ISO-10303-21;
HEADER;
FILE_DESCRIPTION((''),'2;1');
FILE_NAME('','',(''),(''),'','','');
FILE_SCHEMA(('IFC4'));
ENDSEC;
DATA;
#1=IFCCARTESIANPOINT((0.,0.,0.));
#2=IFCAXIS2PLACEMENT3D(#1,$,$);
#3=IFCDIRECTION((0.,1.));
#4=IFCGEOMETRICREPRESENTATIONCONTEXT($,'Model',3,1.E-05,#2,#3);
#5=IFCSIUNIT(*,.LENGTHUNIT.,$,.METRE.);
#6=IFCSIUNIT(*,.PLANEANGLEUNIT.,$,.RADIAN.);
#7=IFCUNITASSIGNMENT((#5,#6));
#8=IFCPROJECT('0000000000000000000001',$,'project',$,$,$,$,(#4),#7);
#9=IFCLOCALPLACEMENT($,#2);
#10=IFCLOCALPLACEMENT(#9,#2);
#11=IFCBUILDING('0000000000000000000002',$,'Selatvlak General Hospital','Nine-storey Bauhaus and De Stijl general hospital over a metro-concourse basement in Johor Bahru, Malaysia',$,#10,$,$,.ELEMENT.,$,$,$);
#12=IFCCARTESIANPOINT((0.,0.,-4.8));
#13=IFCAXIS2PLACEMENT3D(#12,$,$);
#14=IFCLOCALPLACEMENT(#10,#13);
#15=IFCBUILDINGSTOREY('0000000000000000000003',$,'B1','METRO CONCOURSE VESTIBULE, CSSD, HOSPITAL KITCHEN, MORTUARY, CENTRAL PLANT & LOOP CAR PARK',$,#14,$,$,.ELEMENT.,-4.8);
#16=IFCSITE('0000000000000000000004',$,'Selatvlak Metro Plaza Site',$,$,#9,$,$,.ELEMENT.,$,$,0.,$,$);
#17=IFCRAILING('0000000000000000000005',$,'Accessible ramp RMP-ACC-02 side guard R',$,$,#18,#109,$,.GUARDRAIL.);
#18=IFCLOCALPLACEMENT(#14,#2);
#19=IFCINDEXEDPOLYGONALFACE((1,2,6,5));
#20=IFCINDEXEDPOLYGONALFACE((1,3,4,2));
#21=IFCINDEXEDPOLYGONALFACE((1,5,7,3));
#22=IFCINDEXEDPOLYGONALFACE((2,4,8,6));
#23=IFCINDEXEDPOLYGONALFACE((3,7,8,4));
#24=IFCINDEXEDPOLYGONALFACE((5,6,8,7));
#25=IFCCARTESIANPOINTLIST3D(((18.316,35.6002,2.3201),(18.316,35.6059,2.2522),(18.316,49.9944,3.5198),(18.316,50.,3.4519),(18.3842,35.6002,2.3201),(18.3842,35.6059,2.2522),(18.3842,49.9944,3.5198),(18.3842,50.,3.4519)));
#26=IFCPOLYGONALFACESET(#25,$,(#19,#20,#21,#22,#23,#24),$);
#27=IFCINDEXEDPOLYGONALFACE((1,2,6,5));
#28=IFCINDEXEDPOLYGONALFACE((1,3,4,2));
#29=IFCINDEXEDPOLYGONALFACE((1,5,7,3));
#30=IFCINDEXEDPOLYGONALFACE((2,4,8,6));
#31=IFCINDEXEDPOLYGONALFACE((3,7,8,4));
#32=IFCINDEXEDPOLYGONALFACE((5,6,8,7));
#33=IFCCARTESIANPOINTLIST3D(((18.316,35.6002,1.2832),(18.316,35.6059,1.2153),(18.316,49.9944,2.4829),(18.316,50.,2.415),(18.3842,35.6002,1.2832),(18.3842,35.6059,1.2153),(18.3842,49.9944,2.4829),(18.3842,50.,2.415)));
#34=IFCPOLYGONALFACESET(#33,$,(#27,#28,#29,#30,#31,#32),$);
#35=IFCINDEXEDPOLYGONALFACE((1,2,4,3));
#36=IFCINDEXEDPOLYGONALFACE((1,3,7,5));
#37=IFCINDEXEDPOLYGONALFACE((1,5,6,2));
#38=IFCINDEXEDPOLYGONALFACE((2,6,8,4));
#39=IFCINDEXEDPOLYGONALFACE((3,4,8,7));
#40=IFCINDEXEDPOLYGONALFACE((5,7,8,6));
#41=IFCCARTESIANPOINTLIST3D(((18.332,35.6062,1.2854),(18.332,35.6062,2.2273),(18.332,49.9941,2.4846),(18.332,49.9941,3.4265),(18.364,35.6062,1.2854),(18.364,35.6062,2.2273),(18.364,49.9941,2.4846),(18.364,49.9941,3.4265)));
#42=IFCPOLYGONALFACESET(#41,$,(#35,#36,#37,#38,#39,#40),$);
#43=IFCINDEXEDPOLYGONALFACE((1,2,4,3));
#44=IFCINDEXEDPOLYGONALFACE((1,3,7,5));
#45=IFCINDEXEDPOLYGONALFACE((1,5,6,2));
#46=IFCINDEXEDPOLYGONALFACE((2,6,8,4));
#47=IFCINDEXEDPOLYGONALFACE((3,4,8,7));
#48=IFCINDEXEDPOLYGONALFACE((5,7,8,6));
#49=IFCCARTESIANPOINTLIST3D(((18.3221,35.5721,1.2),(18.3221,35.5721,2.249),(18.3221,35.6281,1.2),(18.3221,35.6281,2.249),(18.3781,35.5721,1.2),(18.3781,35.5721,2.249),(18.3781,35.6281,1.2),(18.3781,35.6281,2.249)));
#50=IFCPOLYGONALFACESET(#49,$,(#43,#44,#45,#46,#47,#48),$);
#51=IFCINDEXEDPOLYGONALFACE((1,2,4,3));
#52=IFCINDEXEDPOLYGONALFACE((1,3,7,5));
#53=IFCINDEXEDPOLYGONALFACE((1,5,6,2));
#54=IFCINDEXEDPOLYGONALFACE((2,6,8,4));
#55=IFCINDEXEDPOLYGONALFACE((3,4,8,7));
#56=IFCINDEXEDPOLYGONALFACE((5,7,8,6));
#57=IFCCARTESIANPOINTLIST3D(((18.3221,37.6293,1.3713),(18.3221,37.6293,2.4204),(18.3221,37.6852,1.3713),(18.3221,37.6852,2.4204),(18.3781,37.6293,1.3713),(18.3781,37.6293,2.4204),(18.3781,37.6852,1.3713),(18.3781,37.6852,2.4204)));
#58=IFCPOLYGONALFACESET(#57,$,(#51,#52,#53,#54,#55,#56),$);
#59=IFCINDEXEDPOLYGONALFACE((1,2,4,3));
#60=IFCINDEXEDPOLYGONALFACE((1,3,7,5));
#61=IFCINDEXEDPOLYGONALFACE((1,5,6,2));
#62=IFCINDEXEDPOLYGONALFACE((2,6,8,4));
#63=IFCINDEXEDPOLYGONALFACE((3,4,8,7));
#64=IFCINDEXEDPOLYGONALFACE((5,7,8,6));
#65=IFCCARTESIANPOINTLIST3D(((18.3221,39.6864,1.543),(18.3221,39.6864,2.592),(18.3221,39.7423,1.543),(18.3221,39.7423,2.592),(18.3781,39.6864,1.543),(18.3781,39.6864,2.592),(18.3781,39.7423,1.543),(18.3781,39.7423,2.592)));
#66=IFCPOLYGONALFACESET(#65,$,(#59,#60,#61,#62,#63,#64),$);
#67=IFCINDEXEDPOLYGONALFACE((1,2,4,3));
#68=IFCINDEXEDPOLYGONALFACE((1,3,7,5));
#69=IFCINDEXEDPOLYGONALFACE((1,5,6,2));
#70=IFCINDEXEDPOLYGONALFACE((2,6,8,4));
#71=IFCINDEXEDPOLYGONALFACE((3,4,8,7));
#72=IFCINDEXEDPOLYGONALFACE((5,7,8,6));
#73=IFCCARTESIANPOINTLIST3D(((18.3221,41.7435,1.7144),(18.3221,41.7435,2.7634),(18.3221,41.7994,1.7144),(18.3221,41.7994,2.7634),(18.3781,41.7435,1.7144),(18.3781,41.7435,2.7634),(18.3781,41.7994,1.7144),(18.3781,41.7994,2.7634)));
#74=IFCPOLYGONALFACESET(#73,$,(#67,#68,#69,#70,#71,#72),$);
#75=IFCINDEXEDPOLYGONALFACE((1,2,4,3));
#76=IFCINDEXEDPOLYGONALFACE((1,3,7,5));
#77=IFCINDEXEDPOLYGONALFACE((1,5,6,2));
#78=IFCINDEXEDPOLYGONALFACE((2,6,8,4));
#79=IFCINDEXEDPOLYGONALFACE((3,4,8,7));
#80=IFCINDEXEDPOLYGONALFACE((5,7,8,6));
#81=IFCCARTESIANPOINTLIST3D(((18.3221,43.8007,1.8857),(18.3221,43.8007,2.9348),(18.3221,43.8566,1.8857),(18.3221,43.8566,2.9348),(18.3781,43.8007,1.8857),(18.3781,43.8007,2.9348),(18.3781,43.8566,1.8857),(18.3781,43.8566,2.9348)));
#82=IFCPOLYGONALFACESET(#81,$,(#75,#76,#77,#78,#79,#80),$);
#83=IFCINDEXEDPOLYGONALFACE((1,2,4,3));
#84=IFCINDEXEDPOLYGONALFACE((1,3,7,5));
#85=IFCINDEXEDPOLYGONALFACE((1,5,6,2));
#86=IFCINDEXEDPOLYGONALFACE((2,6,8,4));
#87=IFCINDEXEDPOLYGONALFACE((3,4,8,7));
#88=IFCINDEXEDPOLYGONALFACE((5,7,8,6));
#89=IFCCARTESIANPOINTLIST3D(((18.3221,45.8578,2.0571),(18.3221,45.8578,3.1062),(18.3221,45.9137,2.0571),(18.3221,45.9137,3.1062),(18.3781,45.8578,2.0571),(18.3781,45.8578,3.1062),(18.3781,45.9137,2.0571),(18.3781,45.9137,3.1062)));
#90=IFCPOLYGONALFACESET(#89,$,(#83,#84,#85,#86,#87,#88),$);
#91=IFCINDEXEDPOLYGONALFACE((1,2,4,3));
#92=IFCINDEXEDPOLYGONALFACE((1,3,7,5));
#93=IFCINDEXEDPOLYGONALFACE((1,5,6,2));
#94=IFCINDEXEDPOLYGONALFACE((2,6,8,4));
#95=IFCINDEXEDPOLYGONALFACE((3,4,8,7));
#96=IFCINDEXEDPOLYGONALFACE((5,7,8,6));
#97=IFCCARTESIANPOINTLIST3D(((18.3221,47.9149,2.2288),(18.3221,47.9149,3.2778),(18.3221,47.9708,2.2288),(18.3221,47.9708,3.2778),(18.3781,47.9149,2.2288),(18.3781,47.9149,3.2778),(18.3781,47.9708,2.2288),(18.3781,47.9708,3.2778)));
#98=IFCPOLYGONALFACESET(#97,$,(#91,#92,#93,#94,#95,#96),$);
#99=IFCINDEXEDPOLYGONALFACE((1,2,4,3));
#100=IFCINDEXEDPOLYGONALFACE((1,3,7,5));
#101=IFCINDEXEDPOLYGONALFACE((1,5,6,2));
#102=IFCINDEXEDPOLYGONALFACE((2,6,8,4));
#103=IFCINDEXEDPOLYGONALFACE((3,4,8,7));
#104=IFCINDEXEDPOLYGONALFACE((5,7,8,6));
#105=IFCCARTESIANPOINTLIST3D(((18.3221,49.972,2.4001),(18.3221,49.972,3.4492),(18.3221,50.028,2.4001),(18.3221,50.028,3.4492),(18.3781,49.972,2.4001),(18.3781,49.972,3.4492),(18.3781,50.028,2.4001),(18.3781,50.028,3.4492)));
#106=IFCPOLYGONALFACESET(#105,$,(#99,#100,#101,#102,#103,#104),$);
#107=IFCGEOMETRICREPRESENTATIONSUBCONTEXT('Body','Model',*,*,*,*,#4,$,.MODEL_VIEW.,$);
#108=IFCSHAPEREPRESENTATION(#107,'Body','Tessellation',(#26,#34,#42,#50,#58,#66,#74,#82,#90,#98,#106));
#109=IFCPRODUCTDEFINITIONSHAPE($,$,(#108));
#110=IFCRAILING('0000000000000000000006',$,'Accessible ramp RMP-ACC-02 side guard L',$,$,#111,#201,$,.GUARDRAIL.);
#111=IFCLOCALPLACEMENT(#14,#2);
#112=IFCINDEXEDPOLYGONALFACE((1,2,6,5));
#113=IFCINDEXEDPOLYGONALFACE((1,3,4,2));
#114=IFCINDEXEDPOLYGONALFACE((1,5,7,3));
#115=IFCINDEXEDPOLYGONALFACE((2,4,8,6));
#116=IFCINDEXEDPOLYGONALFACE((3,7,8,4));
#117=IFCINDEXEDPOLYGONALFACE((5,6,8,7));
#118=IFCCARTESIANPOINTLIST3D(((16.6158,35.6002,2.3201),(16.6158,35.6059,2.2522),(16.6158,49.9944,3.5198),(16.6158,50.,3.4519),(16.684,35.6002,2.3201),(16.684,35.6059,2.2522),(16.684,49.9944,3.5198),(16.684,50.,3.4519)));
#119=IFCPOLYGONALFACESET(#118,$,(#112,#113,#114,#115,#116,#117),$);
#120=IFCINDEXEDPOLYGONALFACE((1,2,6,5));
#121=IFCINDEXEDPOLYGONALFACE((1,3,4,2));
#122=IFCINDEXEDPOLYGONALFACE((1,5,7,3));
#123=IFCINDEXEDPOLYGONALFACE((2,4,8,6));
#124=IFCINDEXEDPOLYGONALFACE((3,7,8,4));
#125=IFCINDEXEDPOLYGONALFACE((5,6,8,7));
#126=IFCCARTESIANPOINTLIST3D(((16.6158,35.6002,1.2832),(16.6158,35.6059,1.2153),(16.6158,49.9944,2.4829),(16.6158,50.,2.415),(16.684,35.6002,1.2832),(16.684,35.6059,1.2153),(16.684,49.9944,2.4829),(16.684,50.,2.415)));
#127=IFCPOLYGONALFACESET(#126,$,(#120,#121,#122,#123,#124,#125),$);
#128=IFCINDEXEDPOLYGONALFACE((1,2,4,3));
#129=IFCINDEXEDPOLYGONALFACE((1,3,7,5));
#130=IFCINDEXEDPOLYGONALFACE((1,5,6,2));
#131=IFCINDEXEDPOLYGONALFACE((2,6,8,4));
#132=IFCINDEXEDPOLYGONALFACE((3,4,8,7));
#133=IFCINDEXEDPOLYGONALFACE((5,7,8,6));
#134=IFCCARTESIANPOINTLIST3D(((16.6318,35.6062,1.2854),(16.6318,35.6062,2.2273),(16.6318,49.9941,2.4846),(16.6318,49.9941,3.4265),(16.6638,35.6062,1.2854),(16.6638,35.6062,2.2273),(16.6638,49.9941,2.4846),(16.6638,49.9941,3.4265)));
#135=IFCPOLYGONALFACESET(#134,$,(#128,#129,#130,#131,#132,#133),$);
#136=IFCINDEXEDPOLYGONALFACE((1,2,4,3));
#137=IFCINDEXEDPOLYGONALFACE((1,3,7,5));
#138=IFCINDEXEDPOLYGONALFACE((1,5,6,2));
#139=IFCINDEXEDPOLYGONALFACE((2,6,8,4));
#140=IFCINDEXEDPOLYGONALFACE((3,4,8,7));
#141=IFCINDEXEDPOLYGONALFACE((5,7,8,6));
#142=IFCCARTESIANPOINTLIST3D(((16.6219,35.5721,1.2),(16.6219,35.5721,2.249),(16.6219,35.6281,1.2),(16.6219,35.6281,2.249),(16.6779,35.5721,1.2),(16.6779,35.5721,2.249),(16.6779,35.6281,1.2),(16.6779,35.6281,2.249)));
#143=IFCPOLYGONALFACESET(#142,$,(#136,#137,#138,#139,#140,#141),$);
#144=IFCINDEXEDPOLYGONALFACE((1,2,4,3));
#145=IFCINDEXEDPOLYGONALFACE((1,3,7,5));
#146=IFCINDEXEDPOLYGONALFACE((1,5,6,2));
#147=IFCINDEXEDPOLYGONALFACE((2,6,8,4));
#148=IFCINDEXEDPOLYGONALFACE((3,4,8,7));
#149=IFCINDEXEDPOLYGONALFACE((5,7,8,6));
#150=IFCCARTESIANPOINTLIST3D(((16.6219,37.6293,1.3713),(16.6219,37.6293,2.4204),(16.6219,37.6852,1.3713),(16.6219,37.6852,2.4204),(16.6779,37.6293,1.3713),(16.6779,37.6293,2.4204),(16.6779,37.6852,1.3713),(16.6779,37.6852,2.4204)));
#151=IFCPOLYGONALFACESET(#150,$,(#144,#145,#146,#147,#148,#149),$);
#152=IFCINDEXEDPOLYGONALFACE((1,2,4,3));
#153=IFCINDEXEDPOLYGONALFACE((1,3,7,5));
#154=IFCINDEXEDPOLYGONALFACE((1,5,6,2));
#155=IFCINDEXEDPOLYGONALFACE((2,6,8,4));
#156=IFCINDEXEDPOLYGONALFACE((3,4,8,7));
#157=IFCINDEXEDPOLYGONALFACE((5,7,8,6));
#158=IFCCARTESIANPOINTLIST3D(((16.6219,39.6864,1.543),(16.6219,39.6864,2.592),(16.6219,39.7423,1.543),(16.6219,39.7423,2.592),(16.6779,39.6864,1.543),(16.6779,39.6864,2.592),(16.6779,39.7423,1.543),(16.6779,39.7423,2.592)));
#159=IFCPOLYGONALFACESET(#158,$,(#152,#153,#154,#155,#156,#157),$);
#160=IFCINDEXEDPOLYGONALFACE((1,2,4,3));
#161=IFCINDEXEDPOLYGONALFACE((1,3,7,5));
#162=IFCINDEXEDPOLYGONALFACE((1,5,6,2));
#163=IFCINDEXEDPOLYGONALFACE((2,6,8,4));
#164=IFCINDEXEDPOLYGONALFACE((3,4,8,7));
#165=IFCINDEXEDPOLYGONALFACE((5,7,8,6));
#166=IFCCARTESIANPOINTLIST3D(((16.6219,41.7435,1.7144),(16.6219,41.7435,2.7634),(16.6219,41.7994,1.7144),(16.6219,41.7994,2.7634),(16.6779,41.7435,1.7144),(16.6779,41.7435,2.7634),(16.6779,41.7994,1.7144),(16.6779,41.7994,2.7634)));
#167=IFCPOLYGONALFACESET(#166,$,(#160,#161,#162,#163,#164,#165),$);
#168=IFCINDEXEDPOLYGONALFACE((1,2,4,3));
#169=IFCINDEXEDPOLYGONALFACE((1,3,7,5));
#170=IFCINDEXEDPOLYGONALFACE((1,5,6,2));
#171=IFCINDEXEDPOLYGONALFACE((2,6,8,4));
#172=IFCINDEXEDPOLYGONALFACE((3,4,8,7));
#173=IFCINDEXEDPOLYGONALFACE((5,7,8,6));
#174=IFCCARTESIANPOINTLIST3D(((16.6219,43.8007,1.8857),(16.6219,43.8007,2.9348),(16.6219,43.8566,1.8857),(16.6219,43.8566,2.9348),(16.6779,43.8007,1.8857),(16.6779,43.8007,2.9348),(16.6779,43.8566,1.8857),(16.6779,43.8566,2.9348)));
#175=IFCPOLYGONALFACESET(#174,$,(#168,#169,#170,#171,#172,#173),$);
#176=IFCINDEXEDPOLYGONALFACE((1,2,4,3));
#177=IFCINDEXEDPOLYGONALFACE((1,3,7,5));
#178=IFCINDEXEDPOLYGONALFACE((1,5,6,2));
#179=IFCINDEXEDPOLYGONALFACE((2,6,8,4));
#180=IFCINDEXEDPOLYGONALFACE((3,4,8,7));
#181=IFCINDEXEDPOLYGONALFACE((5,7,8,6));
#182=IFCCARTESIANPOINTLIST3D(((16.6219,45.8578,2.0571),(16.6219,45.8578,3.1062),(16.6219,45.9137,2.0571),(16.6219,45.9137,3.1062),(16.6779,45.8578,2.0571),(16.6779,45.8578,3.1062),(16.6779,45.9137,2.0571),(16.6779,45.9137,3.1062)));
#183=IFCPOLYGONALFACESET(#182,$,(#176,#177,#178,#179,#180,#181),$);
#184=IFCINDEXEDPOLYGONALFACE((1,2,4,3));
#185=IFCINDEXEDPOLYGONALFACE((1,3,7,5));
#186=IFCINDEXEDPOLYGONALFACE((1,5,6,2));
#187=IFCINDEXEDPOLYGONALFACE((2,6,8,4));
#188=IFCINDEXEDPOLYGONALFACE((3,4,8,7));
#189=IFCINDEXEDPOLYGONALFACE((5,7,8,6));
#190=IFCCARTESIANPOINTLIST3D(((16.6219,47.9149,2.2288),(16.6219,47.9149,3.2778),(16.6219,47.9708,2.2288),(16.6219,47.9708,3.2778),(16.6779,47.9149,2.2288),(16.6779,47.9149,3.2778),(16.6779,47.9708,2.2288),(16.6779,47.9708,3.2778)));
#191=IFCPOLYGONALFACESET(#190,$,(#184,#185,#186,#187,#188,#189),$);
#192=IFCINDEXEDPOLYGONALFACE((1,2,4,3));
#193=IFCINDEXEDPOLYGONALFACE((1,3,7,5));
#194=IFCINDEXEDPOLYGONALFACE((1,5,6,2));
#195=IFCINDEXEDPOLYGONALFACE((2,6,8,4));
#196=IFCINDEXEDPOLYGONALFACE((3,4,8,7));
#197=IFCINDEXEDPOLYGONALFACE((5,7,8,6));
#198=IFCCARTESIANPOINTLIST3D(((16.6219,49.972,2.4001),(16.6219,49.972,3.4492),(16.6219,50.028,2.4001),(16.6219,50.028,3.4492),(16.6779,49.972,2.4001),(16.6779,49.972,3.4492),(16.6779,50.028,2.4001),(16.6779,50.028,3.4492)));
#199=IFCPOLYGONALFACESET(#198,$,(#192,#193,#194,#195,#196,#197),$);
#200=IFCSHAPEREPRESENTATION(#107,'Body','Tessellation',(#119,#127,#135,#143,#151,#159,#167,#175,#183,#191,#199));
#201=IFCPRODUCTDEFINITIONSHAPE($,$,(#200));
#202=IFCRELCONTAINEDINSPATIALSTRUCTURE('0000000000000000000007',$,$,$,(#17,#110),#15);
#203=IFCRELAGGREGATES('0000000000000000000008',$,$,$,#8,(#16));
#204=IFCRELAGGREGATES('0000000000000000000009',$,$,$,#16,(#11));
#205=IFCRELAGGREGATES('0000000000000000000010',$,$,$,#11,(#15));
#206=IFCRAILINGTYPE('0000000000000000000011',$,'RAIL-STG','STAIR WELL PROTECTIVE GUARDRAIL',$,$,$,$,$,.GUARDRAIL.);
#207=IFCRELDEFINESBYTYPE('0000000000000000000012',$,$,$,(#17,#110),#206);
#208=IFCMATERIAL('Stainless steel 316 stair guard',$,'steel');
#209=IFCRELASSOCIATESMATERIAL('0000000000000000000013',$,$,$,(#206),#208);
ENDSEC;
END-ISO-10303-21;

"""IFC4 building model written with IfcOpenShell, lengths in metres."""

from ifc_helpers import new_model, si_unit, direction, frame, origin, origin_2d, place, context, subcontext, project, spatial, polyline, rectangle, outline, extrude, material, type_object, element, save


model = new_model("IFC4")

# Units and contexts
model_context = context("Model", 3, precision=1e-05, world=origin(), true_north=direction((0.0, 1.0)))
body_context = subcontext(model_context, "Body", "Model", "MODEL_VIEW")
ifc_project = project(units=[si_unit("LENGTHUNIT", "METRE"), si_unit("PLANEANGLEUNIT", "RADIAN")], contexts=[model_context])

# Site, building, storey
site_placement = place(None, origin())
site = spatial("IfcSite", under=ifc_project, at=site_placement, Name="Selatvlak Metro Plaza Site", CompositionType="ELEMENT", RefElevation=0.0)
building_placement = place(site_placement, origin())
building = spatial("IfcBuilding", under=site, at=building_placement, Name="Selatvlak General Hospital", Description="Nine-storey Bauhaus and De Stijl general hospital over a metro-concourse basement in Johor Bahru, Malaysia", CompositionType="ELEMENT")
storey_placement = place(building_placement, frame((0.0, 0.0, -4.8)))
storey = spatial("IfcBuildingStorey", under=building, at=storey_placement, Name="B1", Description="METRO CONCOURSE VESTIBULE, CSSD, HOSPITAL KITCHEN, MORTUARY, CENTRAL PLANT & LOOP CAR PARK", CompositionType="ELEMENT", Elevation=-4.8)

# Railings
ifc_material_1 = material(Name="Stainless steel 316 stair guard", Category="steel")
railing_type = type_object("IfcRailingType", Name="RAIL-STG", Description="STAIR WELL PROTECTIVE GUARDRAIL", PredefinedType="GUARDRAIL", material=ifc_material_1)
railing_1_placement = place(storey_placement, frame((18.3501, 35.6001, 1.2)))
element("IfcRailing", 1, at=railing_1_placement, inside=storey, type_object=railing_type, Name="Accessible ramp RMP-ACC-02 side guard R", PredefinedType="GUARDRAIL", context=body_context, shape_type="SweptSolid", body=[
    extrude(rectangle(XDim=0.0681, YDim=0.0681, at=origin_2d()), frame((0.0, 0.0029, 1.0862), z_axis=(0.0, 0.996545, 0.083059), x_axis=(-1.0, 0.0, 0.0)), (0.0, 0.0, 1.0), 14.4441),
    extrude(rectangle(XDim=0.0681, YDim=0.0681, at=origin_2d()), frame((0.0, 0.0029, 0.0493), z_axis=(0.0, 0.996545, 0.083059), x_axis=(-1.0, 0.0, 0.0)), (0.0, 0.0, 1.0), 14.4441),
    extrude(outline(polyline([(0.0, 0.0), (14.3879, 1.1992), (14.3879, 2.1411), (0.0, 0.9419), (0.0, 0.0)])), frame((-0.0181, 0.0061, 0.0854), z_axis=(1.0, 0.0, 0.0), x_axis=(0.0, 1.0, 0.0)), (0.0, 0.0, 1.0), 0.032),
    extrude(rectangle(XDim=0.0559, YDim=0.0559, at=origin_2d()), origin(), (0.0, 0.0, 1.0), 1.0491),
    extrude(rectangle(XDim=0.0559, YDim=0.0559, at=origin_2d()), frame((0.0, 2.0571, 0.1714)), (0.0, 0.0, 1.0), 1.0491),
    extrude(rectangle(XDim=0.0559, YDim=0.0559, at=origin_2d()), frame((0.0, 4.1143, 0.343)), (0.0, 0.0, 1.0), 1.0491),
    extrude(rectangle(XDim=0.0559, YDim=0.0559, at=origin_2d()), frame((0.0, 6.1714, 0.5144)), (0.0, 0.0, 1.0), 1.0491),
    extrude(rectangle(XDim=0.0559, YDim=0.0559, at=origin_2d()), frame((0.0, 8.2285, 0.6858)), (0.0, 0.0, 1.0), 1.0491),
    extrude(rectangle(XDim=0.0559, YDim=0.0559, at=origin_2d()), frame((0.0, 10.2856, 0.8572)), (0.0, 0.0, 1.0), 1.0491),
    extrude(rectangle(XDim=0.0559, YDim=0.0559, at=origin_2d()), frame((0.0, 12.3428, 1.0288)), (0.0, 0.0, 1.0), 1.0491),
    extrude(rectangle(XDim=0.0559, YDim=0.0559, at=origin_2d()), frame((0.0, 14.3999, 1.2002)), (0.0, 0.0, 1.0), 1.0491),
])
railing_2_placement = place(storey_placement, frame((16.6499, 35.6001, 1.2)))
element("IfcRailing", 2, at=railing_2_placement, inside=storey, type_object=railing_type, Name="Accessible ramp RMP-ACC-02 side guard L", PredefinedType="GUARDRAIL", context=body_context, shape_type="SweptSolid", body=[
    extrude(rectangle(XDim=0.0681, YDim=0.0681, at=origin_2d()), frame((0.0, 0.0029, 1.0862), z_axis=(0.0, 0.996545, 0.083059), x_axis=(-1.0, 0.0, 0.0)), (0.0, 0.0, 1.0), 14.4441),
    extrude(rectangle(XDim=0.0681, YDim=0.0681, at=origin_2d()), frame((0.0, 0.0029, 0.0493), z_axis=(0.0, 0.996545, 0.083059), x_axis=(-1.0, 0.0, 0.0)), (0.0, 0.0, 1.0), 14.4441),
    extrude(outline(polyline([(0.0, 0.0), (14.3879, 1.1992), (14.3879, 2.1411), (0.0, 0.9419), (0.0, 0.0)])), frame((-0.0181, 0.0061, 0.0854), z_axis=(1.0, 0.0, 0.0), x_axis=(0.0, 1.0, 0.0)), (0.0, 0.0, 1.0), 0.032),
    extrude(rectangle(XDim=0.0559, YDim=0.0559, at=origin_2d()), origin(), (0.0, 0.0, 1.0), 1.0491),
    extrude(rectangle(XDim=0.0559, YDim=0.0559, at=origin_2d()), frame((0.0, 2.0571, 0.1714)), (0.0, 0.0, 1.0), 1.0491),
    extrude(rectangle(XDim=0.0559, YDim=0.0559, at=origin_2d()), frame((0.0, 4.1143, 0.343)), (0.0, 0.0, 1.0), 1.0491),
    extrude(rectangle(XDim=0.0559, YDim=0.0559, at=origin_2d()), frame((0.0, 6.1714, 0.5144)), (0.0, 0.0, 1.0), 1.0491),
    extrude(rectangle(XDim=0.0559, YDim=0.0559, at=origin_2d()), frame((0.0, 8.2285, 0.6858)), (0.0, 0.0, 1.0), 1.0491),
    extrude(rectangle(XDim=0.0559, YDim=0.0559, at=origin_2d()), frame((0.0, 10.2856, 0.8572)), (0.0, 0.0, 1.0), 1.0491),
    extrude(rectangle(XDim=0.0559, YDim=0.0559, at=origin_2d()), frame((0.0, 12.3428, 1.0288)), (0.0, 0.0, 1.0), 1.0491),
    extrude(rectangle(XDim=0.0559, YDim=0.0559, at=origin_2d()), frame((0.0, 14.3999, 1.2002)), (0.0, 0.0, 1.0), 1.0491),
])

save(model, "model.ifc")
